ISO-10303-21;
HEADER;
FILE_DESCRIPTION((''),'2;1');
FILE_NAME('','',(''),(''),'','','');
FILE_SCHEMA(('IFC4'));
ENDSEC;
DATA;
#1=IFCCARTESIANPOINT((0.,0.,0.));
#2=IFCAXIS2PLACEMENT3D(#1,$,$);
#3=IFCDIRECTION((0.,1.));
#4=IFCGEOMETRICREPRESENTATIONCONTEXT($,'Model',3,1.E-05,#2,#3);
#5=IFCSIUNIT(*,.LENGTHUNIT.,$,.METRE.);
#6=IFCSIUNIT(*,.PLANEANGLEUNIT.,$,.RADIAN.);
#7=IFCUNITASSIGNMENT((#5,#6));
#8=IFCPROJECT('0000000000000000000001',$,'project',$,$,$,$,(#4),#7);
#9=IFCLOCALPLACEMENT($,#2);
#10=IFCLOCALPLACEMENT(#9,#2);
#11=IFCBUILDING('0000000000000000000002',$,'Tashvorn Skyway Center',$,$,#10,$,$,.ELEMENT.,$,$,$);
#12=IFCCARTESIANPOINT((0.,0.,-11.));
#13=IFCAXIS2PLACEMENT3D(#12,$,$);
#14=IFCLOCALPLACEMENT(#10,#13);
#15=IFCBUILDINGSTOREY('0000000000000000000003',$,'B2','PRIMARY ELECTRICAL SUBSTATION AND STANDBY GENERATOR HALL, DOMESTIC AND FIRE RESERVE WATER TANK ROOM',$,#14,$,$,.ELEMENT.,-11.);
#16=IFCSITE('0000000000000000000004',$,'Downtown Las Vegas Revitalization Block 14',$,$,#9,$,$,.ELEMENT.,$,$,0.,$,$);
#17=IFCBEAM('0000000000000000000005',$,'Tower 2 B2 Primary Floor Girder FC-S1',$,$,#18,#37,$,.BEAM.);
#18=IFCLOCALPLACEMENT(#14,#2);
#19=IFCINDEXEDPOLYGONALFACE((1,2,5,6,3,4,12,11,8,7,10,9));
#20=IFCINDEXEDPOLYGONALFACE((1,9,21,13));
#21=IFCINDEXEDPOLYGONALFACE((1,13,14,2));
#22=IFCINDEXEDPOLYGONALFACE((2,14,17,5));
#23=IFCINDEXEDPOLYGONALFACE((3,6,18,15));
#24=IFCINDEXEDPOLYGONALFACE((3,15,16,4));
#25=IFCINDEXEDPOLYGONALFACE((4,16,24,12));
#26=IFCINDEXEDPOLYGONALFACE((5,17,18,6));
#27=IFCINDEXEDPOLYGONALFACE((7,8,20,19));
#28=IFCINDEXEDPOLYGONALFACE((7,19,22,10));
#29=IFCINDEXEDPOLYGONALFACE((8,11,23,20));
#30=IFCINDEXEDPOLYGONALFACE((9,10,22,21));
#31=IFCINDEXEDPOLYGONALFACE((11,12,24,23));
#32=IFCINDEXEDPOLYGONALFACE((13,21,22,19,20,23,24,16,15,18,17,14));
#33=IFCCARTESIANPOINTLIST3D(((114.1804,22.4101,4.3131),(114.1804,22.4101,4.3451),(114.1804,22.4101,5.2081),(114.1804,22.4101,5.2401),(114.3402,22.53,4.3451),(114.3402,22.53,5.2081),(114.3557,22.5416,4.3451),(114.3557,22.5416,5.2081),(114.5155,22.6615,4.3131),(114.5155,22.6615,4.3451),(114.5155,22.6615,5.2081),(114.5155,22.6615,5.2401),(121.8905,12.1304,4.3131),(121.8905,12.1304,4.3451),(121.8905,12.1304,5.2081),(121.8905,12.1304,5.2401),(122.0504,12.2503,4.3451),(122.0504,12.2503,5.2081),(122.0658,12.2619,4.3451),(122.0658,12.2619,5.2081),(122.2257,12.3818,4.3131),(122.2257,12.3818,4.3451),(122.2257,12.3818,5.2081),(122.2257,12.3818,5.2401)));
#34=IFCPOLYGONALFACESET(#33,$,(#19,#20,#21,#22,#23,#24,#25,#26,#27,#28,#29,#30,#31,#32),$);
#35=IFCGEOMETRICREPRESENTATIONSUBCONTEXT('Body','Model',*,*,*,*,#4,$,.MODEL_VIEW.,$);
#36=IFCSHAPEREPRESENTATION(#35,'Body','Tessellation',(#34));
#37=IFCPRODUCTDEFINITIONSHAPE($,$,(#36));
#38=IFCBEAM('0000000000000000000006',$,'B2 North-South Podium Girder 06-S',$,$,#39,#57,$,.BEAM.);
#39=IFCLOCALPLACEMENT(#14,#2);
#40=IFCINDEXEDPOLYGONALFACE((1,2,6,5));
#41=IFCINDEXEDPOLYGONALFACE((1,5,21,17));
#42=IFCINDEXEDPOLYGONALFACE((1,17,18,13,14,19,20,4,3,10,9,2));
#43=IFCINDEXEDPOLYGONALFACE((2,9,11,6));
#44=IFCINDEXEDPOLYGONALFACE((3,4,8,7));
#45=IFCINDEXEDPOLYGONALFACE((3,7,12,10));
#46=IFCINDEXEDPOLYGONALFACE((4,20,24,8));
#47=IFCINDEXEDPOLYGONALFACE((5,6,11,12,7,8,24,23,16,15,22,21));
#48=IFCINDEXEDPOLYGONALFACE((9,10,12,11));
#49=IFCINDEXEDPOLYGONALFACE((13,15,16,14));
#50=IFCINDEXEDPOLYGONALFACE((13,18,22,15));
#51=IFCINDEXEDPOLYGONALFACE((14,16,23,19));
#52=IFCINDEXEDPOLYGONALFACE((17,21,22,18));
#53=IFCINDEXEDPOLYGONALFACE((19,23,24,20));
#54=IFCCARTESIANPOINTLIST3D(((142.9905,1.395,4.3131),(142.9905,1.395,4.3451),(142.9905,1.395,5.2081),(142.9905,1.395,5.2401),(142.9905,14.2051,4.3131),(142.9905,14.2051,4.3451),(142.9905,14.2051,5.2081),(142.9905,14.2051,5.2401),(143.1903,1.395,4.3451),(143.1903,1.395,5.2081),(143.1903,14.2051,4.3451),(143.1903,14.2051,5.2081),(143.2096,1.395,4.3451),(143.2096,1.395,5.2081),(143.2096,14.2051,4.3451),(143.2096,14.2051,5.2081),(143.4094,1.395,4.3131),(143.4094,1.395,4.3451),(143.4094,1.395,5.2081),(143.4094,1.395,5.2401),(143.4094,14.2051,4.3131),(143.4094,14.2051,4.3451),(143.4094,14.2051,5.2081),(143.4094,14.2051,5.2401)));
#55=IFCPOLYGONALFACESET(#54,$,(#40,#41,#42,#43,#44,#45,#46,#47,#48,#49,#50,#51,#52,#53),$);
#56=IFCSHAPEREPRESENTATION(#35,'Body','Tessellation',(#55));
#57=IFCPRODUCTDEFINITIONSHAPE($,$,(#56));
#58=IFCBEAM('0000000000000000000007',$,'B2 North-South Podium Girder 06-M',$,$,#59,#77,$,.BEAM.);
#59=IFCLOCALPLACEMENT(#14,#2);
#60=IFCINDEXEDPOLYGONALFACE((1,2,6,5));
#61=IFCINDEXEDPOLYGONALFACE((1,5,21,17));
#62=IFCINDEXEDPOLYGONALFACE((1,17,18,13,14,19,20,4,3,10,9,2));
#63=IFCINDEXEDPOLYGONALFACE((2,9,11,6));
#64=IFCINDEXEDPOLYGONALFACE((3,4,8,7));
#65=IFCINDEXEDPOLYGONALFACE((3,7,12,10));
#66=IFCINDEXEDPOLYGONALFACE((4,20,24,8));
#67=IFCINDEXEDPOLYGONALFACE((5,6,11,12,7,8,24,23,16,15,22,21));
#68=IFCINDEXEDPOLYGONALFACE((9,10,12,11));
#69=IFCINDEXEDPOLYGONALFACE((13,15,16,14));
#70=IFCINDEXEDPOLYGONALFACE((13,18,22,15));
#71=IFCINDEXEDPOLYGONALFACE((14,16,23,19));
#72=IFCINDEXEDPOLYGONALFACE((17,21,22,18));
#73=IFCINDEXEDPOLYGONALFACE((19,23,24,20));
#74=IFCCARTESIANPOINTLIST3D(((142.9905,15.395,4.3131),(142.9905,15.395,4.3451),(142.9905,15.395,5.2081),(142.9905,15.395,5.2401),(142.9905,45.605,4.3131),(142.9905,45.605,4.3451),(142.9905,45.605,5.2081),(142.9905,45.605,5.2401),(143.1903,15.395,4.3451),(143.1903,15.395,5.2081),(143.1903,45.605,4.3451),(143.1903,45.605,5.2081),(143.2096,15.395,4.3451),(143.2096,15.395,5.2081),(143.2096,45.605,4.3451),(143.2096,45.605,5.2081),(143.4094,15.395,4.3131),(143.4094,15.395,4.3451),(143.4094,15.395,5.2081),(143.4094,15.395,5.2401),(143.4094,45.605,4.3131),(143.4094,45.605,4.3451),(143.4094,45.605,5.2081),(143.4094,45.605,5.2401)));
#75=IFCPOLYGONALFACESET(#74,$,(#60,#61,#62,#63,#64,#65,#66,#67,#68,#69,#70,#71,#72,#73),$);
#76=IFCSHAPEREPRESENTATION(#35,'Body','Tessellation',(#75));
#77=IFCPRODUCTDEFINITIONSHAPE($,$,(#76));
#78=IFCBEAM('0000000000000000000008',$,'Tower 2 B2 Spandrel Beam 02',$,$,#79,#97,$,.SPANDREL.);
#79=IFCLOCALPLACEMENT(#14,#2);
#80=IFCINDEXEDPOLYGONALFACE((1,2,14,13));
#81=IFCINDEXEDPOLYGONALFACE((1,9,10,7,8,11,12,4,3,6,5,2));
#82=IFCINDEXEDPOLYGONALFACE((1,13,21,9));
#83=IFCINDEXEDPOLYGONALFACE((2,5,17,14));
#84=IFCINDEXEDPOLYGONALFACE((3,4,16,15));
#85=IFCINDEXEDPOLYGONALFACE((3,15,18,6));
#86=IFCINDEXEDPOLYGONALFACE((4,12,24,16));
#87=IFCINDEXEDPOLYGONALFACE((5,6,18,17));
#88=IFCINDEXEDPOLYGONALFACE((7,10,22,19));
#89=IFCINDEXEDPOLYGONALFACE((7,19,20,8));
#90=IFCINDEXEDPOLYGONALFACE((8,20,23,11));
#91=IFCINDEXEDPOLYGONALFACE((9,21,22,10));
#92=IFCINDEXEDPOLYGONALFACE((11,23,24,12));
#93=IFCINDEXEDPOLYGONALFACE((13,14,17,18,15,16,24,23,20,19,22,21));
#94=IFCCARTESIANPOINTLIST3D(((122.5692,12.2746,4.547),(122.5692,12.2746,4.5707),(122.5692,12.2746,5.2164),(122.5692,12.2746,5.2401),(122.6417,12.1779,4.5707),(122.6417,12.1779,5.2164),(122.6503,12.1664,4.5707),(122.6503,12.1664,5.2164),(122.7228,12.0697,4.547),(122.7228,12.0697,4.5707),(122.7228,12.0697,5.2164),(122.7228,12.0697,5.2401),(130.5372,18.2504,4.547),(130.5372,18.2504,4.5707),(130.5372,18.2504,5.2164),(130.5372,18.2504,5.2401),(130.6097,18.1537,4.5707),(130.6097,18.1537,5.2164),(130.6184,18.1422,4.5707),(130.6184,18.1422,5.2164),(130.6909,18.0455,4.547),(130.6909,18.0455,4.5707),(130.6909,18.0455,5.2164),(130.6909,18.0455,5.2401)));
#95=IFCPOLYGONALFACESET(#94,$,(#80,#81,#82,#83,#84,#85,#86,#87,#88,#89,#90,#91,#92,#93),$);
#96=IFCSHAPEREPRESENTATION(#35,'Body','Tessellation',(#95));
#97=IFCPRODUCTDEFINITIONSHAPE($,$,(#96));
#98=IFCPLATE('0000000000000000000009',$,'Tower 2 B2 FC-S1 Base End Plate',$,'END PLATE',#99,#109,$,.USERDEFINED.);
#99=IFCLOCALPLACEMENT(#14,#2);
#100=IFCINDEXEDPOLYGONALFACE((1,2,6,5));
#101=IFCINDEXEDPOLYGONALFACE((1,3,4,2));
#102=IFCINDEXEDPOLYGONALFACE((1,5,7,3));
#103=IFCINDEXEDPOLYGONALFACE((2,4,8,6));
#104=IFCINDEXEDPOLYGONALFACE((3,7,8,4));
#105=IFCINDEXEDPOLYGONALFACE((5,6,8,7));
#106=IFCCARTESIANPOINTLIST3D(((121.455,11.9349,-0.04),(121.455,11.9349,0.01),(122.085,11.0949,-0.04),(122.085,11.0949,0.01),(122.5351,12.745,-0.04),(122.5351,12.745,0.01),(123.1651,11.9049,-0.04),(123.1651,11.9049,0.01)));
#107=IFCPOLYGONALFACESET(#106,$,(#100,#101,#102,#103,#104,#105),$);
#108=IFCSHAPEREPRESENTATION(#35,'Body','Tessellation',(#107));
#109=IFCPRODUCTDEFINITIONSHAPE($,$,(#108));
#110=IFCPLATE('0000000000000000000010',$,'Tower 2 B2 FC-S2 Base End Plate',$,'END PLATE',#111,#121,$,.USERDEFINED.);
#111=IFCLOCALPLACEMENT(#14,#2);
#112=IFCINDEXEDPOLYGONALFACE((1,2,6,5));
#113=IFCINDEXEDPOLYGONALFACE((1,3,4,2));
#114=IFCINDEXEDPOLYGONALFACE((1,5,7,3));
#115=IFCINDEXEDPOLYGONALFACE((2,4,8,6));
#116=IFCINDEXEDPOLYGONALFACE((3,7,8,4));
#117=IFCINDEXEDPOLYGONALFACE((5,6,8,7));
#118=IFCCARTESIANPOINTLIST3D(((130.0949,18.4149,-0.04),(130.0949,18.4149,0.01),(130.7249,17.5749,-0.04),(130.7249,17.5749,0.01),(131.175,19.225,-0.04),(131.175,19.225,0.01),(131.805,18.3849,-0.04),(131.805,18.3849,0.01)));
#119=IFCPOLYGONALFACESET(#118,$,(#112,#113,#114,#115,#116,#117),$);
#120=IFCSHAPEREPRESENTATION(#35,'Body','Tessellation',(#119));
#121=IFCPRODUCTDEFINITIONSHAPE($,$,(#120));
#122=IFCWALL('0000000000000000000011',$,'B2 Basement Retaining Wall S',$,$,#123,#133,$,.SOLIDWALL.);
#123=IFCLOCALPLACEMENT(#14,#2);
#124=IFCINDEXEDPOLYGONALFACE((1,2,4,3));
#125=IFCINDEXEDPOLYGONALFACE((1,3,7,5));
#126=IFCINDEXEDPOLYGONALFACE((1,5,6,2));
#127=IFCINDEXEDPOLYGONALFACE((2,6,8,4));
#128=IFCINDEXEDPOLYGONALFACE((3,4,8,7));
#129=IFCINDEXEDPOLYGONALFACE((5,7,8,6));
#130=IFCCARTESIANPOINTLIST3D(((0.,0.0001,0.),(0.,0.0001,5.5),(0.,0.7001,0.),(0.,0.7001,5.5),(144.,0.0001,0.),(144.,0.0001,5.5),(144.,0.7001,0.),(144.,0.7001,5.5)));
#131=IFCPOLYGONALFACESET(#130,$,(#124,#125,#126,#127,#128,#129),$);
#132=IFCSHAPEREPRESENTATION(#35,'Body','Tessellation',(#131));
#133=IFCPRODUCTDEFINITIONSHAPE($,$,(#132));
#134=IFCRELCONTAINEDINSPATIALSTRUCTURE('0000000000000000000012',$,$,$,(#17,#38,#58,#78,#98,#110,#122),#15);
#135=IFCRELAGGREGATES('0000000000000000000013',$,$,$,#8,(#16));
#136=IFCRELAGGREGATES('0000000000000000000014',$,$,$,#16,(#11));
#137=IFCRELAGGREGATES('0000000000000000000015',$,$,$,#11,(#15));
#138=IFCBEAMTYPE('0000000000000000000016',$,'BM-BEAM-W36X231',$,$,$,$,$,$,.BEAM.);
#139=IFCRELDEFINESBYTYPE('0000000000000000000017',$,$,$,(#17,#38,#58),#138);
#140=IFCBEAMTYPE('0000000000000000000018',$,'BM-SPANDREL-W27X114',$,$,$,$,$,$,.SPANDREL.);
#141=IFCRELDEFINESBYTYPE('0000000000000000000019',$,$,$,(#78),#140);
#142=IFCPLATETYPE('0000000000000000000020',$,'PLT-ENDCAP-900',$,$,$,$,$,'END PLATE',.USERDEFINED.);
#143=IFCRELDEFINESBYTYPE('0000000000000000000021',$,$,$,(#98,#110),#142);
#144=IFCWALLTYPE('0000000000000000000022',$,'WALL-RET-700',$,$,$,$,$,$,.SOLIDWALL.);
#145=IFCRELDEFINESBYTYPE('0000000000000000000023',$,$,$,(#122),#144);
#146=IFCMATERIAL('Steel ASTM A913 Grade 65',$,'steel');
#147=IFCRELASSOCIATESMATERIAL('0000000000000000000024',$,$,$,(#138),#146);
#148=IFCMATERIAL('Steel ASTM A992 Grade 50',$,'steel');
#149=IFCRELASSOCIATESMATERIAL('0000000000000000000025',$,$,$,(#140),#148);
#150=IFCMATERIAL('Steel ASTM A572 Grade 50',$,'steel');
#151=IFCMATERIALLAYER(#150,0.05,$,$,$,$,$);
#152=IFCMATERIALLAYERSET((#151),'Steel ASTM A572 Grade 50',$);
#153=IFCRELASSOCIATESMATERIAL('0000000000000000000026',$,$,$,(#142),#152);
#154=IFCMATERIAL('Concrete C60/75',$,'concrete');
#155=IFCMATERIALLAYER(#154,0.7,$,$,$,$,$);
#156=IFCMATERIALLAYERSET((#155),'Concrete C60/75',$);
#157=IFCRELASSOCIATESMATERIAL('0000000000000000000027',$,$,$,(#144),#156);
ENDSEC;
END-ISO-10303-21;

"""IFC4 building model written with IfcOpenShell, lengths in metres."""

from ifc_helpers import new_model, si_unit, direction, frame, frame_2d, origin, origin_2d, place, context, subcontext, project, spatial, rectangle, i_section, extrude, material, layer, layer_set, material_profile, profile_set, type_object, element, save


model = new_model("IFC4")

# Units and contexts
model_context = context("Model", 3, precision=1e-05, world=origin(), true_north=direction((0.0, 1.0)))
body_context = subcontext(model_context, "Body", "Model", "MODEL_VIEW")
ifc_project = project(units=[si_unit("LENGTHUNIT", "METRE"), si_unit("PLANEANGLEUNIT", "RADIAN")], contexts=[model_context])

# Site, building, storey
site_placement = place(None, origin())
site = spatial("IfcSite", under=ifc_project, at=site_placement, Name="Downtown Las Vegas Revitalization Block 14", CompositionType="ELEMENT", RefElevation=0.0)
building_placement = place(site_placement, origin())
building = spatial("IfcBuilding", under=site, at=building_placement, Name="Tashvorn Skyway Center", CompositionType="ELEMENT")
storey_placement = place(building_placement, frame((0.0, 0.0, -11.0)))
storey = spatial("IfcBuildingStorey", under=building, at=storey_placement, Name="B2", Description="PRIMARY ELECTRICAL SUBSTATION AND STANDBY GENERATOR HALL, DOMESTIC AND FIRE RESERVE WATER TANK ROOM", CompositionType="ELEMENT", Elevation=-11.0)

# Shared definitions
ifc_material_1 = material(Name="Steel ASTM A572 Grade 50", Category="steel")

# Beams
ifc_material_2 = material(Name="Steel ASTM A913 Grade 65", Category="steel")
ifc_material_profile_1 = material_profile(ifc_material_2, i_section(OverallWidth=0.4189, OverallDepth=0.927, WebThickness=0.0193, FlangeThickness=0.032, at=origin_2d()), Name="W36X231")
ifc_profile_set_1 = profile_set([ifc_material_profile_1], Name="Steel ASTM A913 Grade 65")
beam_type_1 = type_object("IfcBeamType", Name="BM-BEAM-W36X231", PredefinedType="BEAM", material=ifc_profile_set_1)
beam_1_placement = place(storey_placement, frame((122.0581, 12.2561, 4.7766), z_axis=(-0.600018, 0.799986, 0.0), x_axis=(-0.799986, -0.600018, 0.0)))
element("IfcBeam", 1, at=beam_1_placement, inside=storey, type_object=beam_type_1, Name="Tower 2 B2 Primary Floor Girder FC-S1", PredefinedType="BEAM", context=body_context, shape_type="SweptSolid", body=[
    extrude(i_section(OverallWidth=0.4189, OverallDepth=0.927, WebThickness=0.0193, FlangeThickness=0.032, at=origin_2d()), origin(), (0.0, 0.0, 1.0), 12.8499),
])
beam_2_placement = place(storey_placement, frame((143.2, 1.395, 4.7766), z_axis=(0.0, 1.0, 0.0), x_axis=(-1.0, 0.0, 0.0)))
element("IfcBeam", 2, at=beam_2_placement, inside=storey, type_object=beam_type_1, Name="B2 North-South Podium Girder 06-S", PredefinedType="BEAM", context=body_context, shape_type="SweptSolid", body=[
    extrude(i_section(OverallWidth=0.4189, OverallDepth=0.927, WebThickness=0.0193, FlangeThickness=0.032, at=origin_2d()), origin(), (0.0, 0.0, 1.0), 12.8101),
])
beam_3_placement = place(storey_placement, frame((143.2, 15.395, 4.7766), z_axis=(0.0, 1.0, 0.0), x_axis=(-1.0, 0.0, 0.0)))
element("IfcBeam", 3, at=beam_3_placement, inside=storey, type_object=beam_type_1, Name="B2 North-South Podium Girder 06-M", PredefinedType="BEAM", context=body_context, shape_type="SweptSolid", body=[
    extrude(i_section(OverallWidth=0.4189, OverallDepth=0.927, WebThickness=0.0193, FlangeThickness=0.032, at=origin_2d()), origin(), (0.0, 0.0, 1.0), 30.21),
])
ifc_material_3 = material(Name="Steel ASTM A992 Grade 50", Category="steel")
ifc_material_profile_2 = material_profile(ifc_material_3, i_section(OverallWidth=0.2561, OverallDepth=0.6931, WebThickness=0.0144, FlangeThickness=0.0237, at=origin_2d()), Name="W27X114")
ifc_profile_set_2 = profile_set([ifc_material_profile_2], Name="Steel ASTM A992 Grade 50")
beam_type_2 = type_object("IfcBeamType", Name="BM-SPANDREL-W27X114", PredefinedType="SPANDREL", material=ifc_profile_set_2)
beam_4_placement = place(storey_placement, frame((122.646, 12.1721, 4.8936), z_axis=(0.800009, 0.599988, 0.0), x_axis=(-0.599988, 0.800009, 0.0)))
element("IfcBeam", 4, at=beam_4_placement, inside=storey, type_object=beam_type_2, Name="Tower 2 B2 Spandrel Beam 02", PredefinedType="SPANDREL", context=body_context, shape_type="SweptSolid", body=[
    extrude(i_section(OverallWidth=0.2561, OverallDepth=0.6931, WebThickness=0.0144, FlangeThickness=0.0237, at=origin_2d()), origin(), (0.0, 0.0, 1.0), 9.96),
])

# Plates
ifc_layer_1 = layer(ifc_material_1, 0.05)
ifc_layer_set_1 = layer_set([ifc_layer_1], Name="Steel ASTM A572 Grade 50")
plate_type = type_object("IfcPlateType", Name="PLT-ENDCAP-900", ElementType="END PLATE", PredefinedType="USERDEFINED", material=ifc_layer_set_1)
for number, where, z_axis, x_axis, name in (
    (5, (122.3101, 11.9199, -0.04), (0.0, 0.0, 1.0), (0.8, 0.6, 0.0), "Tower 2 B2 FC-S1 Base End Plate"),
    (6, (130.95, 18.3999, -0.04), (0.0, 0.0, 1.0), (0.8, 0.6, 0.0), "Tower 2 B2 FC-S2 Base End Plate"),
):
    element("IfcPlate", number, at=place(storey_placement, frame(where, z_axis=z_axis, x_axis=x_axis)), inside=storey, type_object=plate_type, Name=name, ObjectType="END PLATE", PredefinedType="USERDEFINED", context=body_context, shape_type="SweptSolid", body=[
        extrude(rectangle(XDim=1.3501, YDim=1.05, at=origin_2d()), origin(), (0.0, 0.0, 1.0), 0.05),
    ])

# Wall
ifc_material_4 = material(Name="Concrete C60/75", Category="concrete")
ifc_layer_2 = layer(ifc_material_4, 0.7)
ifc_layer_set_2 = layer_set([ifc_layer_2], Name="Concrete C60/75")
wall_type = type_object("IfcWallType", Name="WALL-RET-700", PredefinedType="SOLIDWALL", material=ifc_layer_set_2)
wall_placement = place(storey_placement, frame((144.0, 0.3501, 0.0), z_axis=(0.0, 0.0, 1.0), x_axis=(-1.0, 0.0, 0.0)))
element("IfcWall", 7, at=wall_placement, inside=storey, type_object=wall_type, Name="B2 Basement Retaining Wall S", PredefinedType="SOLIDWALL", context=body_context, shape_type="SweptSolid", body=[
    extrude(rectangle(XDim=144.0, YDim=0.7, at=frame_2d((72.0, 0.0))), origin(), (0.0, 0.0, 1.0), 5.5),
])

save(model, "model.ifc")
